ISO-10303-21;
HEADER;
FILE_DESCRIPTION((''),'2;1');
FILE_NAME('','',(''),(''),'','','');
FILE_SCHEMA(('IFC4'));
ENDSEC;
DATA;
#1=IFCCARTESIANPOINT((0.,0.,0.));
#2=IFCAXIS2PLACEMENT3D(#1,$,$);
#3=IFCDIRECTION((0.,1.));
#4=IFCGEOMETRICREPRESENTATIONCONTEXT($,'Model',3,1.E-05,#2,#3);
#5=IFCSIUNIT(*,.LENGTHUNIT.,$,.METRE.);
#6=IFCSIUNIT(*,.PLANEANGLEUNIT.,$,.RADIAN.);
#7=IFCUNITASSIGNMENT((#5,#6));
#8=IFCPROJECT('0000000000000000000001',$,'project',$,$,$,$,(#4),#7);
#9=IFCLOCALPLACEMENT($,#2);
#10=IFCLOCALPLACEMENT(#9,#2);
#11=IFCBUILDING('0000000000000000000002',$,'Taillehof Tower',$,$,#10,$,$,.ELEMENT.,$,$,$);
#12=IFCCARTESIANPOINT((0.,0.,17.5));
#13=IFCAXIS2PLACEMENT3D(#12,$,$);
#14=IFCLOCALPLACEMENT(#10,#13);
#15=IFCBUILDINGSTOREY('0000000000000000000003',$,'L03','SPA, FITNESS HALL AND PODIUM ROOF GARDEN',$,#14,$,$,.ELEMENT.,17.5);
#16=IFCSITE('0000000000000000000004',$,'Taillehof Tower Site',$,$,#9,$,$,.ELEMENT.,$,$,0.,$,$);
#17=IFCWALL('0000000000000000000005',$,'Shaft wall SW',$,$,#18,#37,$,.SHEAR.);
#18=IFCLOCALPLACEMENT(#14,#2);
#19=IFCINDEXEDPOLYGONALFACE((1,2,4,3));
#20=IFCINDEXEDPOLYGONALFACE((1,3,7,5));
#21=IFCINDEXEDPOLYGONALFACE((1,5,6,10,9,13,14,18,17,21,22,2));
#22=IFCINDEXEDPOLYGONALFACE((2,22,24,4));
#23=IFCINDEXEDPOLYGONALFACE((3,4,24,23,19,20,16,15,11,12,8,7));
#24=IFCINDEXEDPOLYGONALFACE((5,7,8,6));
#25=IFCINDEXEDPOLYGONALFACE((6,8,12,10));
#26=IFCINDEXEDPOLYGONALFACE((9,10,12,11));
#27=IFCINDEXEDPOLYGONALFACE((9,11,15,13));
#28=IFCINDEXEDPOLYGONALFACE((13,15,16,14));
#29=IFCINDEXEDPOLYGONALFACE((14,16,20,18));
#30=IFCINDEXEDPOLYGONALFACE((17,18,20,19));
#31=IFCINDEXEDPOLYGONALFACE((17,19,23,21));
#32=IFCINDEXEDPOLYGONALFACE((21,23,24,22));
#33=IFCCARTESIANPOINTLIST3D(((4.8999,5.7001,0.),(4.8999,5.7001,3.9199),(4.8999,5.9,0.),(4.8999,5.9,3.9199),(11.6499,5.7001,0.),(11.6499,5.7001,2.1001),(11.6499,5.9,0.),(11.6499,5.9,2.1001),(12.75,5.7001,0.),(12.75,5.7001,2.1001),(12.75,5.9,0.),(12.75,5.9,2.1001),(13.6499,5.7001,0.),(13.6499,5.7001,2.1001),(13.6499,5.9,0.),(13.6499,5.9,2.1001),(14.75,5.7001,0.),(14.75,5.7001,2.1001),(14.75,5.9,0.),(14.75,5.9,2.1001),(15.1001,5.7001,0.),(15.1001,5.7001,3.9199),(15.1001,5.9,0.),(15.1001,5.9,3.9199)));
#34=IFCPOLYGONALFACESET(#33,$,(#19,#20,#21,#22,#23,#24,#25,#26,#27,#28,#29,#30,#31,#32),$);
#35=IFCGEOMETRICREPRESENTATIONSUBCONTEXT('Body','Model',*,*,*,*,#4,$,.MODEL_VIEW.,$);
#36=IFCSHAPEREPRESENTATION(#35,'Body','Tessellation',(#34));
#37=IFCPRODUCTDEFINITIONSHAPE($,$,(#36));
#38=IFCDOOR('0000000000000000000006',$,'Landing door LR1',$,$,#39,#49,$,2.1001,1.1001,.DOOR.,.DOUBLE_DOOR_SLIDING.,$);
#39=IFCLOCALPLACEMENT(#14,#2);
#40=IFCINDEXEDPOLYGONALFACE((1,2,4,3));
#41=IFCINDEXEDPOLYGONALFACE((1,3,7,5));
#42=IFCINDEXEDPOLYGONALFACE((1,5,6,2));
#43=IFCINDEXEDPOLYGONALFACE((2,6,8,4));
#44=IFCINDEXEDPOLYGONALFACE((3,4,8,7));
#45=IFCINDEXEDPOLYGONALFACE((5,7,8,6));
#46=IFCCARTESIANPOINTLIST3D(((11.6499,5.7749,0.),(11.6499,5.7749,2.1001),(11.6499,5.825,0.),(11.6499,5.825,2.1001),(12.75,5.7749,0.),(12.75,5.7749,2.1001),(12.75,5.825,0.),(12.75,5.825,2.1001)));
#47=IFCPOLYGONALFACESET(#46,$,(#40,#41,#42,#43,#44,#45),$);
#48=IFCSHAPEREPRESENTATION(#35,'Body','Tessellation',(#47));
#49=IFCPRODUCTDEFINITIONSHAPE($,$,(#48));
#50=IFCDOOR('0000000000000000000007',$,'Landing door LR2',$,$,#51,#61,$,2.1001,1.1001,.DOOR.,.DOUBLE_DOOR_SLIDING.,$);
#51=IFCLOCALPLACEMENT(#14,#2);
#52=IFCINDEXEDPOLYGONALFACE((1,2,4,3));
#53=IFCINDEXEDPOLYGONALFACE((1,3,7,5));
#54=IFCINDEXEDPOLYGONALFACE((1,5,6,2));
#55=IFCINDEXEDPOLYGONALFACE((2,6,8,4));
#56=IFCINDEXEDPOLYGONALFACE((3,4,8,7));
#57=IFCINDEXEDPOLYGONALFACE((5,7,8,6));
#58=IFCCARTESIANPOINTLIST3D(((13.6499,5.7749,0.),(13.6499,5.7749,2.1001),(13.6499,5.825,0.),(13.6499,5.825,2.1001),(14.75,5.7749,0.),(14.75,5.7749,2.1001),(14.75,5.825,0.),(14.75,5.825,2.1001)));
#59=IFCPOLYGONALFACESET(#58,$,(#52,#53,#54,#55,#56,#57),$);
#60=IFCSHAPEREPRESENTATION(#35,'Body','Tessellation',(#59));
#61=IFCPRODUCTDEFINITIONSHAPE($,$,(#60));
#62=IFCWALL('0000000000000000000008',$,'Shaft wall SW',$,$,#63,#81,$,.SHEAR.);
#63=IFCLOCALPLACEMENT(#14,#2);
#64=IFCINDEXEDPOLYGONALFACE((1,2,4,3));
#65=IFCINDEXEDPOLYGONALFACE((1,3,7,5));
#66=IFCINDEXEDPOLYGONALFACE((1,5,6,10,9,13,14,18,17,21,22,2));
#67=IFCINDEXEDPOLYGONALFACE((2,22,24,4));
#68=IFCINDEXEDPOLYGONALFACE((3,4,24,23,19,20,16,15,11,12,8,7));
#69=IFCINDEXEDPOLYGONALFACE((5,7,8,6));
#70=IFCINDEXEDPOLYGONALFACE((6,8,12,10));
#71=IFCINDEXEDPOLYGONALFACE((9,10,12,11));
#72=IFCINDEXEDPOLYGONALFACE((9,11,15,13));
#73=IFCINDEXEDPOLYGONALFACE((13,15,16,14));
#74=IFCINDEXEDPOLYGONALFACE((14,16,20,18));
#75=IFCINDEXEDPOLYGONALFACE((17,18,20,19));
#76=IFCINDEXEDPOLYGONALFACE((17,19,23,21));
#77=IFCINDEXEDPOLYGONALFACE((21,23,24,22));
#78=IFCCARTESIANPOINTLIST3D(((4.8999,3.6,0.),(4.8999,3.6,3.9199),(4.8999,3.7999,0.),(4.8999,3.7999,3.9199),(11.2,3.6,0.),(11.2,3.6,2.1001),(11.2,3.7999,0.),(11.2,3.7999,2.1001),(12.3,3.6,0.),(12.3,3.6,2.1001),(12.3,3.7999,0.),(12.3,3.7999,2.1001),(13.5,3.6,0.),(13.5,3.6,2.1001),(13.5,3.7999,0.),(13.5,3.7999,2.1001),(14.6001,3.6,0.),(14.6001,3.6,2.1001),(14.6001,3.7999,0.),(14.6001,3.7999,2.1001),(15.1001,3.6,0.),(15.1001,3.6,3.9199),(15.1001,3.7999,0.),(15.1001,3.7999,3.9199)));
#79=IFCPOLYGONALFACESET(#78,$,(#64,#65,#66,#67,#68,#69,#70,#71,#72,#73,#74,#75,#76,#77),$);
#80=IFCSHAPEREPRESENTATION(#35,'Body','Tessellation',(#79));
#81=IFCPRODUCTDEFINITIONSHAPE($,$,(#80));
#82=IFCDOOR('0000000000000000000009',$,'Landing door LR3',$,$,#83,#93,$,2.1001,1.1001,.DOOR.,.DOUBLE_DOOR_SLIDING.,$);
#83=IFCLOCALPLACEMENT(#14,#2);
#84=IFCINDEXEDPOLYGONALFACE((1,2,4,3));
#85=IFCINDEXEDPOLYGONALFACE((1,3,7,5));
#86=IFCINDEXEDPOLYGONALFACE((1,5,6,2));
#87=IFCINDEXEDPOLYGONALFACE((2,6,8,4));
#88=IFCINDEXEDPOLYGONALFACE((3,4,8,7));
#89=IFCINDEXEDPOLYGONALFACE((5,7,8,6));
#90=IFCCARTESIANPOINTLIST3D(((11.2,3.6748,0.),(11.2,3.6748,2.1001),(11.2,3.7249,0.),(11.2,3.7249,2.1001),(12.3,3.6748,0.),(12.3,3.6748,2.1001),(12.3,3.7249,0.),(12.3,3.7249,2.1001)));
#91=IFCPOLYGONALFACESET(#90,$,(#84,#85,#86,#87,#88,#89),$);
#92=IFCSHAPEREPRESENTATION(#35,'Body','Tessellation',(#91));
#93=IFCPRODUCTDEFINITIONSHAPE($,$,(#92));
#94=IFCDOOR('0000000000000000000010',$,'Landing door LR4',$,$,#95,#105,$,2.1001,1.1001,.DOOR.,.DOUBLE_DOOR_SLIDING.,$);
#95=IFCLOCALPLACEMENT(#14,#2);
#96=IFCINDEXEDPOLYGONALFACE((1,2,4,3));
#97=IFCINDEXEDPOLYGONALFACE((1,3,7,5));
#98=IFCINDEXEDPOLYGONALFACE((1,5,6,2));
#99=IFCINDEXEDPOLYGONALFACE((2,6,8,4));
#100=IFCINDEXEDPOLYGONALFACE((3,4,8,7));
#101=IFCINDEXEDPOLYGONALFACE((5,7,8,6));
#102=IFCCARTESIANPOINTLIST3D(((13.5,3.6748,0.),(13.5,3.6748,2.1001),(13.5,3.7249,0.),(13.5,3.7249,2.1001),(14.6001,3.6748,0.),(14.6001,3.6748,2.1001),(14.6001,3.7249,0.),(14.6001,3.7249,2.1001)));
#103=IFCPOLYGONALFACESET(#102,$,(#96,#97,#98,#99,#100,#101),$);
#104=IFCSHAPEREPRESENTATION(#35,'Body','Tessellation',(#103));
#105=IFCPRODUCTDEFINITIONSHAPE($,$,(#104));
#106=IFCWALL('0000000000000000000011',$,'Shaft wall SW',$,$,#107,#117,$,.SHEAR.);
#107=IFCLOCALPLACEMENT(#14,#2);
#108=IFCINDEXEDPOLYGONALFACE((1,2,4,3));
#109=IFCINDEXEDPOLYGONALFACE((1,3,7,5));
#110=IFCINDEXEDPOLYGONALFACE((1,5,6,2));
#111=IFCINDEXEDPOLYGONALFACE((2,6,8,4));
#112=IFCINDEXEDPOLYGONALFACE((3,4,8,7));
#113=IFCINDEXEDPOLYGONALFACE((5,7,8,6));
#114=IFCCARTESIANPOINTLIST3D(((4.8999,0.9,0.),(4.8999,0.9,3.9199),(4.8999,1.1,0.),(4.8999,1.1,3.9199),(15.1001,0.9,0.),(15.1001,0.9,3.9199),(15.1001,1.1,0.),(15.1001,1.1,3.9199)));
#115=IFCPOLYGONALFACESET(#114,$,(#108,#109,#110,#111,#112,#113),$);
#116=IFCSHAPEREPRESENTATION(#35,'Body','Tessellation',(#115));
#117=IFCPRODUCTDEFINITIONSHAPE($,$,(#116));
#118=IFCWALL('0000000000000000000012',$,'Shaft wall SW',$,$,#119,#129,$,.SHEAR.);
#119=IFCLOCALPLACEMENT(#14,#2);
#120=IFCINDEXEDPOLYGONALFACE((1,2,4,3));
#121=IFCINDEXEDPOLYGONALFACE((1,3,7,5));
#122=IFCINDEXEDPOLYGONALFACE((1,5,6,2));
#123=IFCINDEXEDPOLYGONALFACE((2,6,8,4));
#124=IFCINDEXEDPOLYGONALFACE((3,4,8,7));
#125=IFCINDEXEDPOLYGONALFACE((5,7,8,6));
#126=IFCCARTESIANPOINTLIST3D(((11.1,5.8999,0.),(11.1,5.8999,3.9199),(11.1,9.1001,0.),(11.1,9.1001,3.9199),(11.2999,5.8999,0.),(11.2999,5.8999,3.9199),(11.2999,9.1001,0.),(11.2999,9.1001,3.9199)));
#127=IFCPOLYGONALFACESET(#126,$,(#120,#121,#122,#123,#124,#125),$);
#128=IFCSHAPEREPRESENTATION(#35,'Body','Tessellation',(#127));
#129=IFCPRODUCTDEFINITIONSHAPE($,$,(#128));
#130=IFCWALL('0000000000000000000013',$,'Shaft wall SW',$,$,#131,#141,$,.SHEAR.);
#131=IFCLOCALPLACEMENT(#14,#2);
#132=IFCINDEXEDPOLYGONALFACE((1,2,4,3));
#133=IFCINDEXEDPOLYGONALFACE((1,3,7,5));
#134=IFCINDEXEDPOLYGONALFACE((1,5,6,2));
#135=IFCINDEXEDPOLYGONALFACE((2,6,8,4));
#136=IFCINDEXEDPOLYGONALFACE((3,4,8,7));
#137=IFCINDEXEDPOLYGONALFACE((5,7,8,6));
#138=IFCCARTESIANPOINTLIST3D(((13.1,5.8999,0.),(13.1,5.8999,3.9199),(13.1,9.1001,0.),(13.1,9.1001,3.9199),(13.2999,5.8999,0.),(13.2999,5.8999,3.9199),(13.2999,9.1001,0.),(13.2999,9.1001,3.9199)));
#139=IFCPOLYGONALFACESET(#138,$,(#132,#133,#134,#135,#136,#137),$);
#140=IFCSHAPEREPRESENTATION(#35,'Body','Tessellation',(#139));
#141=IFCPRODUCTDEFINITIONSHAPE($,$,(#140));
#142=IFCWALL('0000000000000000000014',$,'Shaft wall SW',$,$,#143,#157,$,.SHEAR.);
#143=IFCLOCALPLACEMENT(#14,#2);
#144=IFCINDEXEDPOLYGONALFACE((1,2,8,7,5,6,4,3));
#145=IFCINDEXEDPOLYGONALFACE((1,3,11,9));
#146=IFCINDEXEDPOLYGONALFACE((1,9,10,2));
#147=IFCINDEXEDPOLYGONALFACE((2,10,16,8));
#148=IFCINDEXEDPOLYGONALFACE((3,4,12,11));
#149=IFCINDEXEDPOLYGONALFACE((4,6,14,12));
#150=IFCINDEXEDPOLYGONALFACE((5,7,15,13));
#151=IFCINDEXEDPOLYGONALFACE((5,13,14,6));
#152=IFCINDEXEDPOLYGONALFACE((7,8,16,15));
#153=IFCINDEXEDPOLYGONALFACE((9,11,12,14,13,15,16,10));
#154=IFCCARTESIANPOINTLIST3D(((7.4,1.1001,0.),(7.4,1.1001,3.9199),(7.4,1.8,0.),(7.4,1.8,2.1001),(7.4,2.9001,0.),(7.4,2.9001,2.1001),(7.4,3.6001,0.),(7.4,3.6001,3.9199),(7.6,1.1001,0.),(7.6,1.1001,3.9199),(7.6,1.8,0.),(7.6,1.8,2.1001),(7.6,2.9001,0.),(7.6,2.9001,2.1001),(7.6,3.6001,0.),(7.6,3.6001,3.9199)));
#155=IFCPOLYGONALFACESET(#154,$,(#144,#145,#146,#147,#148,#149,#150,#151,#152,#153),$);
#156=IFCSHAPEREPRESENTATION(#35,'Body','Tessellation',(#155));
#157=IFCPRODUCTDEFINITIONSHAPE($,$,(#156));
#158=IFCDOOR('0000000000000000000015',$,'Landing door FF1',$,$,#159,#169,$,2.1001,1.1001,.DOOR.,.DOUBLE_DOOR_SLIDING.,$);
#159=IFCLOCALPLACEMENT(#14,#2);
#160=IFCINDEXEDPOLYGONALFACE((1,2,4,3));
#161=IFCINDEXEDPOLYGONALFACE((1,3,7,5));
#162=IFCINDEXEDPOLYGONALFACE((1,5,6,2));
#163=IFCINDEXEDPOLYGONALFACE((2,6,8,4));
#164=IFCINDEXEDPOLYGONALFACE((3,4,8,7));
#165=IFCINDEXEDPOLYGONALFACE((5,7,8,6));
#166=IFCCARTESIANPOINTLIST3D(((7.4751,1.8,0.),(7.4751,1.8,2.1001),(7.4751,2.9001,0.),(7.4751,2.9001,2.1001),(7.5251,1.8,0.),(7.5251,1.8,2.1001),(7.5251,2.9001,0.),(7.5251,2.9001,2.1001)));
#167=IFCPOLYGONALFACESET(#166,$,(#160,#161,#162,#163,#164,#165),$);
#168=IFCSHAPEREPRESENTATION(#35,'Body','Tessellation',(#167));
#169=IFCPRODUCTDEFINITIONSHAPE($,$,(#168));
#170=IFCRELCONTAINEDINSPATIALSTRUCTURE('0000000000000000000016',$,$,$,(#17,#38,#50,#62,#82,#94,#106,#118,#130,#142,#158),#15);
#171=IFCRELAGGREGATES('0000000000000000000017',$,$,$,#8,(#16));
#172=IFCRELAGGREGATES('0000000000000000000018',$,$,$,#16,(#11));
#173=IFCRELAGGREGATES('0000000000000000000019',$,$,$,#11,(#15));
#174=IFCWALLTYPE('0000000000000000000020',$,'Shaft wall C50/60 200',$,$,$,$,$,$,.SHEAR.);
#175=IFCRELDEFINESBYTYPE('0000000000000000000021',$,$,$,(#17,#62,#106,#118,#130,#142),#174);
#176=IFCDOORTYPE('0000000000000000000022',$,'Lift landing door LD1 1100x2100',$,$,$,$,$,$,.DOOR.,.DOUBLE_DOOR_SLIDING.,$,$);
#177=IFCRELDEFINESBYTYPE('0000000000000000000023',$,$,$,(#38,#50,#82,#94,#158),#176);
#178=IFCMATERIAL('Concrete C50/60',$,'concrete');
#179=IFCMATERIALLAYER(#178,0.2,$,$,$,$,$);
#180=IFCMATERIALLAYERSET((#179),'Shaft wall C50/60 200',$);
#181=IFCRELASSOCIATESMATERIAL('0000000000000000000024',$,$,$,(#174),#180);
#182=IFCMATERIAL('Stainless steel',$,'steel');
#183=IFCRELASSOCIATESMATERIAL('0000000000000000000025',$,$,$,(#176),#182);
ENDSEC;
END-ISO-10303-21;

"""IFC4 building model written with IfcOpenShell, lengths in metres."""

from ifc_helpers import new_model, si_unit, direction, frame, frame_2d, origin, place, context, subcontext, project, spatial, rectangle, extrude, material, layer, layer_set, type_object, element, fill, save


model = new_model("IFC4")

# Units and contexts
model_context = context("Model", 3, precision=1e-05, world=origin(), true_north=direction((0.0, 1.0)))
body_context = subcontext(model_context, "Body", "Model", "MODEL_VIEW")
ifc_project = project(units=[si_unit("LENGTHUNIT", "METRE"), si_unit("PLANEANGLEUNIT", "RADIAN")], contexts=[model_context])

# Site, building, storey
site_placement = place(None, origin())
site = spatial("IfcSite", under=ifc_project, at=site_placement, Name="Taillehof Tower Site", CompositionType="ELEMENT", RefElevation=0.0)
building_placement = place(site_placement, origin())
building = spatial("IfcBuilding", under=site, at=building_placement, Name="Taillehof Tower", CompositionType="ELEMENT")
storey_placement = place(building_placement, frame((0.0, 0.0, 17.5)))
storey = spatial("IfcBuildingStorey", under=building, at=storey_placement, Name="L03", Description="SPA, FITNESS HALL AND PODIUM ROOF GARDEN", CompositionType="ELEMENT", Elevation=17.5)

# Walls, openings, doors
ifc_material_1 = material(Name="Concrete C50/60", Category="concrete")
ifc_layer_1 = layer(ifc_material_1, 0.2)
ifc_layer_set_1 = layer_set([ifc_layer_1], Name="Shaft wall C50/60 200")
wall_type_1 = type_object("IfcWallType", Name="Shaft wall C50/60 200", PredefinedType="SHEAR", material=ifc_layer_set_1)
wall_1_placement = place(storey_placement, frame((4.8999, 5.8, 0.0), z_axis=(0.0, 0.0, 1.0), x_axis=(1.0, 0.0, 0.0)))
wall_1 = element("IfcWall", 1, at=wall_1_placement, inside=storey, type_object=wall_type_1, Name="Shaft wall SW", PredefinedType="SHEAR", context=body_context, shape_type="SweptSolid", body=[
    extrude(rectangle(XDim=10.2002, YDim=0.2, at=frame_2d((5.1001, 0.0))), origin(), (0.0, 0.0, 1.0), 3.9199),
])
opening_1_placement = place(wall_1_placement, frame((6.75, 0.0, 0.0)))
opening_1 = element("IfcOpeningElement", 2, at=opening_1_placement, cuts=wall_1, PredefinedType="OPENING", context=body_context, shape_type="SweptSolid", body=[
    extrude(rectangle(XDim=1.1001, YDim=2.1001, at=frame_2d((0.55, 1.05))), frame((0.0, 0.1099, 0.0), z_axis=(0.0, -1.0, 0.0), x_axis=(1.0, 0.0, 0.0)), (0.0, 0.0, 1.0), 0.22),
])
opening_2_placement = place(wall_1_placement, frame((8.75, 0.0, 0.0)))
opening_2 = element("IfcOpeningElement", 3, at=opening_2_placement, cuts=wall_1, PredefinedType="OPENING", context=body_context, shape_type="SweptSolid", body=[
    extrude(rectangle(XDim=1.1001, YDim=2.1001, at=frame_2d((0.55, 1.05))), frame((0.0, 0.1099, 0.0), z_axis=(0.0, -1.0, 0.0), x_axis=(1.0, 0.0, 0.0)), (0.0, 0.0, 1.0), 0.22),
])
ifc_material_2 = material(Name="Stainless steel", Category="steel")
door_type_1 = type_object("IfcDoorType", Name="Lift landing door LD1 1100x2100", OperationType="DOUBLE_DOOR_SLIDING", PredefinedType="DOOR", material=ifc_material_2)
door_1_placement = place(opening_1_placement, origin())
door_1 = element("IfcDoor", 4, at=door_1_placement, inside=storey, type_object=door_type_1, Name="Landing door LR1", OperationType="DOUBLE_DOOR_SLIDING", OverallHeight=2.1001, OverallWidth=1.1001, PredefinedType="DOOR", context=body_context, shape_type="SweptSolid", body=[
    extrude(rectangle(XDim=1.1001, YDim=2.1001, at=frame_2d((0.55, 1.05))), frame((0.0, 0.0249, 0.0), z_axis=(0.0, -1.0, 0.0), x_axis=(1.0, 0.0, 0.0)), (0.0, 0.0, 1.0), 0.05),
])
fill(opening_1, door_1)
door_2_placement = place(opening_2_placement, origin())
door_2 = element("IfcDoor", 5, at=door_2_placement, inside=storey, type_object=door_type_1, Name="Landing door LR2", OperationType="DOUBLE_DOOR_SLIDING", OverallHeight=2.1001, OverallWidth=1.1001, PredefinedType="DOOR", context=body_context, shape_type="SweptSolid", body=[
    extrude(rectangle(XDim=1.1001, YDim=2.1001, at=frame_2d((0.55, 1.05))), frame((0.0, 0.0249, 0.0), z_axis=(0.0, -1.0, 0.0), x_axis=(1.0, 0.0, 0.0)), (0.0, 0.0, 1.0), 0.05),
])
fill(opening_2, door_2)
wall_2_placement = place(storey_placement, frame((4.8999, 3.7, 0.0), z_axis=(0.0, 0.0, 1.0), x_axis=(1.0, 0.0, 0.0)))
wall_2 = element("IfcWall", 6, at=wall_2_placement, inside=storey, type_object=wall_type_1, Name="Shaft wall SW", PredefinedType="SHEAR", context=body_context, shape_type="SweptSolid", body=[
    extrude(rectangle(XDim=10.2002, YDim=0.2, at=frame_2d((5.1001, 0.0))), origin(), (0.0, 0.0, 1.0), 3.9199),
])
opening_3_placement = place(wall_2_placement, frame((6.3, 0.0, 0.0)))
opening_3 = element("IfcOpeningElement", 7, at=opening_3_placement, cuts=wall_2, PredefinedType="OPENING", context=body_context, shape_type="SweptSolid", body=[
    extrude(rectangle(XDim=1.1001, YDim=2.1001, at=frame_2d((0.55, 1.05))), frame((0.0, 0.1099, 0.0), z_axis=(0.0, -1.0, 0.0), x_axis=(1.0, 0.0, 0.0)), (0.0, 0.0, 1.0), 0.22),
])
opening_4_placement = place(wall_2_placement, frame((8.6001, 0.0, 0.0)))
opening_4 = element("IfcOpeningElement", 8, at=opening_4_placement, cuts=wall_2, PredefinedType="OPENING", context=body_context, shape_type="SweptSolid", body=[
    extrude(rectangle(XDim=1.1001, YDim=2.1001, at=frame_2d((0.55, 1.05))), frame((0.0, 0.1099, 0.0), z_axis=(0.0, -1.0, 0.0), x_axis=(1.0, 0.0, 0.0)), (0.0, 0.0, 1.0), 0.22),
])
door_3_placement = place(opening_3_placement, origin())
door_3 = element("IfcDoor", 9, at=door_3_placement, inside=storey, type_object=door_type_1, Name="Landing door LR3", OperationType="DOUBLE_DOOR_SLIDING", OverallHeight=2.1001, OverallWidth=1.1001, PredefinedType="DOOR", context=body_context, shape_type="SweptSolid", body=[
    extrude(rectangle(XDim=1.1001, YDim=2.1001, at=frame_2d((0.55, 1.05))), frame((0.0, 0.0249, 0.0), z_axis=(0.0, -1.0, 0.0), x_axis=(1.0, 0.0, 0.0)), (0.0, 0.0, 1.0), 0.05),
])
fill(opening_3, door_3)
door_4_placement = place(opening_4_placement, origin())
door_4 = element("IfcDoor", 10, at=door_4_placement, inside=storey, type_object=door_type_1, Name="Landing door LR4", OperationType="DOUBLE_DOOR_SLIDING", OverallHeight=2.1001, OverallWidth=1.1001, PredefinedType="DOOR", context=body_context, shape_type="SweptSolid", body=[
    extrude(rectangle(XDim=1.1001, YDim=2.1001, at=frame_2d((0.55, 1.05))), frame((0.0, 0.0249, 0.0), z_axis=(0.0, -1.0, 0.0), x_axis=(1.0, 0.0, 0.0)), (0.0, 0.0, 1.0), 0.05),
])
fill(opening_4, door_4)

# Walls
wall_3_placement = place(storey_placement, frame((4.8999, 1.0, 0.0), z_axis=(0.0, 0.0, 1.0), x_axis=(1.0, 0.0, 0.0)))
element("IfcWall", 11, at=wall_3_placement, inside=storey, type_object=wall_type_1, Name="Shaft wall SW", PredefinedType="SHEAR", context=body_context, shape_type="SweptSolid", body=[
    extrude(rectangle(XDim=10.2002, YDim=0.2, at=frame_2d((5.1001, 0.0))), origin(), (0.0, 0.0, 1.0), 3.9199),
])
for number, where, z_axis, x_axis, name in (
    (12, (11.2, 5.8999, 0.0), (0.0, 0.0, 1.0), (0.0, 1.0, 0.0), "Shaft wall SW"),
    (13, (13.2, 5.8999, 0.0), (0.0, 0.0, 1.0), (0.0, 1.0, 0.0), "Shaft wall SW"),
):
    element("IfcWall", number, at=place(storey_placement, frame(where, z_axis=z_axis, x_axis=x_axis)), inside=storey, type_object=wall_type_1, Name=name, PredefinedType="SHEAR", context=body_context, shape_type="SweptSolid", body=[
        extrude(rectangle(XDim=3.2002, YDim=0.2, at=frame_2d((1.6001, 0.0))), origin(), (0.0, 0.0, 1.0), 3.9199),
    ])

# Wall, opening, door
wall_4_placement = place(storey_placement, frame((7.5, 1.1001, 0.0), z_axis=(0.0, 0.0, 1.0), x_axis=(0.0, 1.0, 0.0)))
wall_4 = element("IfcWall", 14, at=wall_4_placement, inside=storey, type_object=wall_type_1, Name="Shaft wall SW", PredefinedType="SHEAR", context=body_context, shape_type="SweptSolid", body=[
    extrude(rectangle(XDim=2.5, YDim=0.2, at=frame_2d((1.25, 0.0))), origin(), (0.0, 0.0, 1.0), 3.9199),
])
opening_5_placement = place(wall_4_placement, frame((0.7, 0.0, 0.0)))
opening_5 = element("IfcOpeningElement", 15, at=opening_5_placement, cuts=wall_4, PredefinedType="OPENING", context=body_context, shape_type="SweptSolid", body=[
    extrude(rectangle(XDim=1.1001, YDim=2.1001, at=frame_2d((0.55, 1.05))), frame((0.0, 0.1099, 0.0), z_axis=(0.0, -1.0, 0.0), x_axis=(1.0, 0.0, 0.0)), (0.0, 0.0, 1.0), 0.22),
])
door_5_placement = place(opening_5_placement, origin())
door_5 = element("IfcDoor", 16, at=door_5_placement, inside=storey, type_object=door_type_1, Name="Landing door FF1", OperationType="DOUBLE_DOOR_SLIDING", OverallHeight=2.1001, OverallWidth=1.1001, PredefinedType="DOOR", context=body_context, shape_type="SweptSolid", body=[
    extrude(rectangle(XDim=1.1001, YDim=2.1001, at=frame_2d((0.55, 1.05))), frame((0.0, 0.0249, 0.0), z_axis=(0.0, -1.0, 0.0), x_axis=(1.0, 0.0, 0.0)), (0.0, 0.0, 1.0), 0.05),
])
fill(opening_5, door_5)

save(model, "model.ifc")
